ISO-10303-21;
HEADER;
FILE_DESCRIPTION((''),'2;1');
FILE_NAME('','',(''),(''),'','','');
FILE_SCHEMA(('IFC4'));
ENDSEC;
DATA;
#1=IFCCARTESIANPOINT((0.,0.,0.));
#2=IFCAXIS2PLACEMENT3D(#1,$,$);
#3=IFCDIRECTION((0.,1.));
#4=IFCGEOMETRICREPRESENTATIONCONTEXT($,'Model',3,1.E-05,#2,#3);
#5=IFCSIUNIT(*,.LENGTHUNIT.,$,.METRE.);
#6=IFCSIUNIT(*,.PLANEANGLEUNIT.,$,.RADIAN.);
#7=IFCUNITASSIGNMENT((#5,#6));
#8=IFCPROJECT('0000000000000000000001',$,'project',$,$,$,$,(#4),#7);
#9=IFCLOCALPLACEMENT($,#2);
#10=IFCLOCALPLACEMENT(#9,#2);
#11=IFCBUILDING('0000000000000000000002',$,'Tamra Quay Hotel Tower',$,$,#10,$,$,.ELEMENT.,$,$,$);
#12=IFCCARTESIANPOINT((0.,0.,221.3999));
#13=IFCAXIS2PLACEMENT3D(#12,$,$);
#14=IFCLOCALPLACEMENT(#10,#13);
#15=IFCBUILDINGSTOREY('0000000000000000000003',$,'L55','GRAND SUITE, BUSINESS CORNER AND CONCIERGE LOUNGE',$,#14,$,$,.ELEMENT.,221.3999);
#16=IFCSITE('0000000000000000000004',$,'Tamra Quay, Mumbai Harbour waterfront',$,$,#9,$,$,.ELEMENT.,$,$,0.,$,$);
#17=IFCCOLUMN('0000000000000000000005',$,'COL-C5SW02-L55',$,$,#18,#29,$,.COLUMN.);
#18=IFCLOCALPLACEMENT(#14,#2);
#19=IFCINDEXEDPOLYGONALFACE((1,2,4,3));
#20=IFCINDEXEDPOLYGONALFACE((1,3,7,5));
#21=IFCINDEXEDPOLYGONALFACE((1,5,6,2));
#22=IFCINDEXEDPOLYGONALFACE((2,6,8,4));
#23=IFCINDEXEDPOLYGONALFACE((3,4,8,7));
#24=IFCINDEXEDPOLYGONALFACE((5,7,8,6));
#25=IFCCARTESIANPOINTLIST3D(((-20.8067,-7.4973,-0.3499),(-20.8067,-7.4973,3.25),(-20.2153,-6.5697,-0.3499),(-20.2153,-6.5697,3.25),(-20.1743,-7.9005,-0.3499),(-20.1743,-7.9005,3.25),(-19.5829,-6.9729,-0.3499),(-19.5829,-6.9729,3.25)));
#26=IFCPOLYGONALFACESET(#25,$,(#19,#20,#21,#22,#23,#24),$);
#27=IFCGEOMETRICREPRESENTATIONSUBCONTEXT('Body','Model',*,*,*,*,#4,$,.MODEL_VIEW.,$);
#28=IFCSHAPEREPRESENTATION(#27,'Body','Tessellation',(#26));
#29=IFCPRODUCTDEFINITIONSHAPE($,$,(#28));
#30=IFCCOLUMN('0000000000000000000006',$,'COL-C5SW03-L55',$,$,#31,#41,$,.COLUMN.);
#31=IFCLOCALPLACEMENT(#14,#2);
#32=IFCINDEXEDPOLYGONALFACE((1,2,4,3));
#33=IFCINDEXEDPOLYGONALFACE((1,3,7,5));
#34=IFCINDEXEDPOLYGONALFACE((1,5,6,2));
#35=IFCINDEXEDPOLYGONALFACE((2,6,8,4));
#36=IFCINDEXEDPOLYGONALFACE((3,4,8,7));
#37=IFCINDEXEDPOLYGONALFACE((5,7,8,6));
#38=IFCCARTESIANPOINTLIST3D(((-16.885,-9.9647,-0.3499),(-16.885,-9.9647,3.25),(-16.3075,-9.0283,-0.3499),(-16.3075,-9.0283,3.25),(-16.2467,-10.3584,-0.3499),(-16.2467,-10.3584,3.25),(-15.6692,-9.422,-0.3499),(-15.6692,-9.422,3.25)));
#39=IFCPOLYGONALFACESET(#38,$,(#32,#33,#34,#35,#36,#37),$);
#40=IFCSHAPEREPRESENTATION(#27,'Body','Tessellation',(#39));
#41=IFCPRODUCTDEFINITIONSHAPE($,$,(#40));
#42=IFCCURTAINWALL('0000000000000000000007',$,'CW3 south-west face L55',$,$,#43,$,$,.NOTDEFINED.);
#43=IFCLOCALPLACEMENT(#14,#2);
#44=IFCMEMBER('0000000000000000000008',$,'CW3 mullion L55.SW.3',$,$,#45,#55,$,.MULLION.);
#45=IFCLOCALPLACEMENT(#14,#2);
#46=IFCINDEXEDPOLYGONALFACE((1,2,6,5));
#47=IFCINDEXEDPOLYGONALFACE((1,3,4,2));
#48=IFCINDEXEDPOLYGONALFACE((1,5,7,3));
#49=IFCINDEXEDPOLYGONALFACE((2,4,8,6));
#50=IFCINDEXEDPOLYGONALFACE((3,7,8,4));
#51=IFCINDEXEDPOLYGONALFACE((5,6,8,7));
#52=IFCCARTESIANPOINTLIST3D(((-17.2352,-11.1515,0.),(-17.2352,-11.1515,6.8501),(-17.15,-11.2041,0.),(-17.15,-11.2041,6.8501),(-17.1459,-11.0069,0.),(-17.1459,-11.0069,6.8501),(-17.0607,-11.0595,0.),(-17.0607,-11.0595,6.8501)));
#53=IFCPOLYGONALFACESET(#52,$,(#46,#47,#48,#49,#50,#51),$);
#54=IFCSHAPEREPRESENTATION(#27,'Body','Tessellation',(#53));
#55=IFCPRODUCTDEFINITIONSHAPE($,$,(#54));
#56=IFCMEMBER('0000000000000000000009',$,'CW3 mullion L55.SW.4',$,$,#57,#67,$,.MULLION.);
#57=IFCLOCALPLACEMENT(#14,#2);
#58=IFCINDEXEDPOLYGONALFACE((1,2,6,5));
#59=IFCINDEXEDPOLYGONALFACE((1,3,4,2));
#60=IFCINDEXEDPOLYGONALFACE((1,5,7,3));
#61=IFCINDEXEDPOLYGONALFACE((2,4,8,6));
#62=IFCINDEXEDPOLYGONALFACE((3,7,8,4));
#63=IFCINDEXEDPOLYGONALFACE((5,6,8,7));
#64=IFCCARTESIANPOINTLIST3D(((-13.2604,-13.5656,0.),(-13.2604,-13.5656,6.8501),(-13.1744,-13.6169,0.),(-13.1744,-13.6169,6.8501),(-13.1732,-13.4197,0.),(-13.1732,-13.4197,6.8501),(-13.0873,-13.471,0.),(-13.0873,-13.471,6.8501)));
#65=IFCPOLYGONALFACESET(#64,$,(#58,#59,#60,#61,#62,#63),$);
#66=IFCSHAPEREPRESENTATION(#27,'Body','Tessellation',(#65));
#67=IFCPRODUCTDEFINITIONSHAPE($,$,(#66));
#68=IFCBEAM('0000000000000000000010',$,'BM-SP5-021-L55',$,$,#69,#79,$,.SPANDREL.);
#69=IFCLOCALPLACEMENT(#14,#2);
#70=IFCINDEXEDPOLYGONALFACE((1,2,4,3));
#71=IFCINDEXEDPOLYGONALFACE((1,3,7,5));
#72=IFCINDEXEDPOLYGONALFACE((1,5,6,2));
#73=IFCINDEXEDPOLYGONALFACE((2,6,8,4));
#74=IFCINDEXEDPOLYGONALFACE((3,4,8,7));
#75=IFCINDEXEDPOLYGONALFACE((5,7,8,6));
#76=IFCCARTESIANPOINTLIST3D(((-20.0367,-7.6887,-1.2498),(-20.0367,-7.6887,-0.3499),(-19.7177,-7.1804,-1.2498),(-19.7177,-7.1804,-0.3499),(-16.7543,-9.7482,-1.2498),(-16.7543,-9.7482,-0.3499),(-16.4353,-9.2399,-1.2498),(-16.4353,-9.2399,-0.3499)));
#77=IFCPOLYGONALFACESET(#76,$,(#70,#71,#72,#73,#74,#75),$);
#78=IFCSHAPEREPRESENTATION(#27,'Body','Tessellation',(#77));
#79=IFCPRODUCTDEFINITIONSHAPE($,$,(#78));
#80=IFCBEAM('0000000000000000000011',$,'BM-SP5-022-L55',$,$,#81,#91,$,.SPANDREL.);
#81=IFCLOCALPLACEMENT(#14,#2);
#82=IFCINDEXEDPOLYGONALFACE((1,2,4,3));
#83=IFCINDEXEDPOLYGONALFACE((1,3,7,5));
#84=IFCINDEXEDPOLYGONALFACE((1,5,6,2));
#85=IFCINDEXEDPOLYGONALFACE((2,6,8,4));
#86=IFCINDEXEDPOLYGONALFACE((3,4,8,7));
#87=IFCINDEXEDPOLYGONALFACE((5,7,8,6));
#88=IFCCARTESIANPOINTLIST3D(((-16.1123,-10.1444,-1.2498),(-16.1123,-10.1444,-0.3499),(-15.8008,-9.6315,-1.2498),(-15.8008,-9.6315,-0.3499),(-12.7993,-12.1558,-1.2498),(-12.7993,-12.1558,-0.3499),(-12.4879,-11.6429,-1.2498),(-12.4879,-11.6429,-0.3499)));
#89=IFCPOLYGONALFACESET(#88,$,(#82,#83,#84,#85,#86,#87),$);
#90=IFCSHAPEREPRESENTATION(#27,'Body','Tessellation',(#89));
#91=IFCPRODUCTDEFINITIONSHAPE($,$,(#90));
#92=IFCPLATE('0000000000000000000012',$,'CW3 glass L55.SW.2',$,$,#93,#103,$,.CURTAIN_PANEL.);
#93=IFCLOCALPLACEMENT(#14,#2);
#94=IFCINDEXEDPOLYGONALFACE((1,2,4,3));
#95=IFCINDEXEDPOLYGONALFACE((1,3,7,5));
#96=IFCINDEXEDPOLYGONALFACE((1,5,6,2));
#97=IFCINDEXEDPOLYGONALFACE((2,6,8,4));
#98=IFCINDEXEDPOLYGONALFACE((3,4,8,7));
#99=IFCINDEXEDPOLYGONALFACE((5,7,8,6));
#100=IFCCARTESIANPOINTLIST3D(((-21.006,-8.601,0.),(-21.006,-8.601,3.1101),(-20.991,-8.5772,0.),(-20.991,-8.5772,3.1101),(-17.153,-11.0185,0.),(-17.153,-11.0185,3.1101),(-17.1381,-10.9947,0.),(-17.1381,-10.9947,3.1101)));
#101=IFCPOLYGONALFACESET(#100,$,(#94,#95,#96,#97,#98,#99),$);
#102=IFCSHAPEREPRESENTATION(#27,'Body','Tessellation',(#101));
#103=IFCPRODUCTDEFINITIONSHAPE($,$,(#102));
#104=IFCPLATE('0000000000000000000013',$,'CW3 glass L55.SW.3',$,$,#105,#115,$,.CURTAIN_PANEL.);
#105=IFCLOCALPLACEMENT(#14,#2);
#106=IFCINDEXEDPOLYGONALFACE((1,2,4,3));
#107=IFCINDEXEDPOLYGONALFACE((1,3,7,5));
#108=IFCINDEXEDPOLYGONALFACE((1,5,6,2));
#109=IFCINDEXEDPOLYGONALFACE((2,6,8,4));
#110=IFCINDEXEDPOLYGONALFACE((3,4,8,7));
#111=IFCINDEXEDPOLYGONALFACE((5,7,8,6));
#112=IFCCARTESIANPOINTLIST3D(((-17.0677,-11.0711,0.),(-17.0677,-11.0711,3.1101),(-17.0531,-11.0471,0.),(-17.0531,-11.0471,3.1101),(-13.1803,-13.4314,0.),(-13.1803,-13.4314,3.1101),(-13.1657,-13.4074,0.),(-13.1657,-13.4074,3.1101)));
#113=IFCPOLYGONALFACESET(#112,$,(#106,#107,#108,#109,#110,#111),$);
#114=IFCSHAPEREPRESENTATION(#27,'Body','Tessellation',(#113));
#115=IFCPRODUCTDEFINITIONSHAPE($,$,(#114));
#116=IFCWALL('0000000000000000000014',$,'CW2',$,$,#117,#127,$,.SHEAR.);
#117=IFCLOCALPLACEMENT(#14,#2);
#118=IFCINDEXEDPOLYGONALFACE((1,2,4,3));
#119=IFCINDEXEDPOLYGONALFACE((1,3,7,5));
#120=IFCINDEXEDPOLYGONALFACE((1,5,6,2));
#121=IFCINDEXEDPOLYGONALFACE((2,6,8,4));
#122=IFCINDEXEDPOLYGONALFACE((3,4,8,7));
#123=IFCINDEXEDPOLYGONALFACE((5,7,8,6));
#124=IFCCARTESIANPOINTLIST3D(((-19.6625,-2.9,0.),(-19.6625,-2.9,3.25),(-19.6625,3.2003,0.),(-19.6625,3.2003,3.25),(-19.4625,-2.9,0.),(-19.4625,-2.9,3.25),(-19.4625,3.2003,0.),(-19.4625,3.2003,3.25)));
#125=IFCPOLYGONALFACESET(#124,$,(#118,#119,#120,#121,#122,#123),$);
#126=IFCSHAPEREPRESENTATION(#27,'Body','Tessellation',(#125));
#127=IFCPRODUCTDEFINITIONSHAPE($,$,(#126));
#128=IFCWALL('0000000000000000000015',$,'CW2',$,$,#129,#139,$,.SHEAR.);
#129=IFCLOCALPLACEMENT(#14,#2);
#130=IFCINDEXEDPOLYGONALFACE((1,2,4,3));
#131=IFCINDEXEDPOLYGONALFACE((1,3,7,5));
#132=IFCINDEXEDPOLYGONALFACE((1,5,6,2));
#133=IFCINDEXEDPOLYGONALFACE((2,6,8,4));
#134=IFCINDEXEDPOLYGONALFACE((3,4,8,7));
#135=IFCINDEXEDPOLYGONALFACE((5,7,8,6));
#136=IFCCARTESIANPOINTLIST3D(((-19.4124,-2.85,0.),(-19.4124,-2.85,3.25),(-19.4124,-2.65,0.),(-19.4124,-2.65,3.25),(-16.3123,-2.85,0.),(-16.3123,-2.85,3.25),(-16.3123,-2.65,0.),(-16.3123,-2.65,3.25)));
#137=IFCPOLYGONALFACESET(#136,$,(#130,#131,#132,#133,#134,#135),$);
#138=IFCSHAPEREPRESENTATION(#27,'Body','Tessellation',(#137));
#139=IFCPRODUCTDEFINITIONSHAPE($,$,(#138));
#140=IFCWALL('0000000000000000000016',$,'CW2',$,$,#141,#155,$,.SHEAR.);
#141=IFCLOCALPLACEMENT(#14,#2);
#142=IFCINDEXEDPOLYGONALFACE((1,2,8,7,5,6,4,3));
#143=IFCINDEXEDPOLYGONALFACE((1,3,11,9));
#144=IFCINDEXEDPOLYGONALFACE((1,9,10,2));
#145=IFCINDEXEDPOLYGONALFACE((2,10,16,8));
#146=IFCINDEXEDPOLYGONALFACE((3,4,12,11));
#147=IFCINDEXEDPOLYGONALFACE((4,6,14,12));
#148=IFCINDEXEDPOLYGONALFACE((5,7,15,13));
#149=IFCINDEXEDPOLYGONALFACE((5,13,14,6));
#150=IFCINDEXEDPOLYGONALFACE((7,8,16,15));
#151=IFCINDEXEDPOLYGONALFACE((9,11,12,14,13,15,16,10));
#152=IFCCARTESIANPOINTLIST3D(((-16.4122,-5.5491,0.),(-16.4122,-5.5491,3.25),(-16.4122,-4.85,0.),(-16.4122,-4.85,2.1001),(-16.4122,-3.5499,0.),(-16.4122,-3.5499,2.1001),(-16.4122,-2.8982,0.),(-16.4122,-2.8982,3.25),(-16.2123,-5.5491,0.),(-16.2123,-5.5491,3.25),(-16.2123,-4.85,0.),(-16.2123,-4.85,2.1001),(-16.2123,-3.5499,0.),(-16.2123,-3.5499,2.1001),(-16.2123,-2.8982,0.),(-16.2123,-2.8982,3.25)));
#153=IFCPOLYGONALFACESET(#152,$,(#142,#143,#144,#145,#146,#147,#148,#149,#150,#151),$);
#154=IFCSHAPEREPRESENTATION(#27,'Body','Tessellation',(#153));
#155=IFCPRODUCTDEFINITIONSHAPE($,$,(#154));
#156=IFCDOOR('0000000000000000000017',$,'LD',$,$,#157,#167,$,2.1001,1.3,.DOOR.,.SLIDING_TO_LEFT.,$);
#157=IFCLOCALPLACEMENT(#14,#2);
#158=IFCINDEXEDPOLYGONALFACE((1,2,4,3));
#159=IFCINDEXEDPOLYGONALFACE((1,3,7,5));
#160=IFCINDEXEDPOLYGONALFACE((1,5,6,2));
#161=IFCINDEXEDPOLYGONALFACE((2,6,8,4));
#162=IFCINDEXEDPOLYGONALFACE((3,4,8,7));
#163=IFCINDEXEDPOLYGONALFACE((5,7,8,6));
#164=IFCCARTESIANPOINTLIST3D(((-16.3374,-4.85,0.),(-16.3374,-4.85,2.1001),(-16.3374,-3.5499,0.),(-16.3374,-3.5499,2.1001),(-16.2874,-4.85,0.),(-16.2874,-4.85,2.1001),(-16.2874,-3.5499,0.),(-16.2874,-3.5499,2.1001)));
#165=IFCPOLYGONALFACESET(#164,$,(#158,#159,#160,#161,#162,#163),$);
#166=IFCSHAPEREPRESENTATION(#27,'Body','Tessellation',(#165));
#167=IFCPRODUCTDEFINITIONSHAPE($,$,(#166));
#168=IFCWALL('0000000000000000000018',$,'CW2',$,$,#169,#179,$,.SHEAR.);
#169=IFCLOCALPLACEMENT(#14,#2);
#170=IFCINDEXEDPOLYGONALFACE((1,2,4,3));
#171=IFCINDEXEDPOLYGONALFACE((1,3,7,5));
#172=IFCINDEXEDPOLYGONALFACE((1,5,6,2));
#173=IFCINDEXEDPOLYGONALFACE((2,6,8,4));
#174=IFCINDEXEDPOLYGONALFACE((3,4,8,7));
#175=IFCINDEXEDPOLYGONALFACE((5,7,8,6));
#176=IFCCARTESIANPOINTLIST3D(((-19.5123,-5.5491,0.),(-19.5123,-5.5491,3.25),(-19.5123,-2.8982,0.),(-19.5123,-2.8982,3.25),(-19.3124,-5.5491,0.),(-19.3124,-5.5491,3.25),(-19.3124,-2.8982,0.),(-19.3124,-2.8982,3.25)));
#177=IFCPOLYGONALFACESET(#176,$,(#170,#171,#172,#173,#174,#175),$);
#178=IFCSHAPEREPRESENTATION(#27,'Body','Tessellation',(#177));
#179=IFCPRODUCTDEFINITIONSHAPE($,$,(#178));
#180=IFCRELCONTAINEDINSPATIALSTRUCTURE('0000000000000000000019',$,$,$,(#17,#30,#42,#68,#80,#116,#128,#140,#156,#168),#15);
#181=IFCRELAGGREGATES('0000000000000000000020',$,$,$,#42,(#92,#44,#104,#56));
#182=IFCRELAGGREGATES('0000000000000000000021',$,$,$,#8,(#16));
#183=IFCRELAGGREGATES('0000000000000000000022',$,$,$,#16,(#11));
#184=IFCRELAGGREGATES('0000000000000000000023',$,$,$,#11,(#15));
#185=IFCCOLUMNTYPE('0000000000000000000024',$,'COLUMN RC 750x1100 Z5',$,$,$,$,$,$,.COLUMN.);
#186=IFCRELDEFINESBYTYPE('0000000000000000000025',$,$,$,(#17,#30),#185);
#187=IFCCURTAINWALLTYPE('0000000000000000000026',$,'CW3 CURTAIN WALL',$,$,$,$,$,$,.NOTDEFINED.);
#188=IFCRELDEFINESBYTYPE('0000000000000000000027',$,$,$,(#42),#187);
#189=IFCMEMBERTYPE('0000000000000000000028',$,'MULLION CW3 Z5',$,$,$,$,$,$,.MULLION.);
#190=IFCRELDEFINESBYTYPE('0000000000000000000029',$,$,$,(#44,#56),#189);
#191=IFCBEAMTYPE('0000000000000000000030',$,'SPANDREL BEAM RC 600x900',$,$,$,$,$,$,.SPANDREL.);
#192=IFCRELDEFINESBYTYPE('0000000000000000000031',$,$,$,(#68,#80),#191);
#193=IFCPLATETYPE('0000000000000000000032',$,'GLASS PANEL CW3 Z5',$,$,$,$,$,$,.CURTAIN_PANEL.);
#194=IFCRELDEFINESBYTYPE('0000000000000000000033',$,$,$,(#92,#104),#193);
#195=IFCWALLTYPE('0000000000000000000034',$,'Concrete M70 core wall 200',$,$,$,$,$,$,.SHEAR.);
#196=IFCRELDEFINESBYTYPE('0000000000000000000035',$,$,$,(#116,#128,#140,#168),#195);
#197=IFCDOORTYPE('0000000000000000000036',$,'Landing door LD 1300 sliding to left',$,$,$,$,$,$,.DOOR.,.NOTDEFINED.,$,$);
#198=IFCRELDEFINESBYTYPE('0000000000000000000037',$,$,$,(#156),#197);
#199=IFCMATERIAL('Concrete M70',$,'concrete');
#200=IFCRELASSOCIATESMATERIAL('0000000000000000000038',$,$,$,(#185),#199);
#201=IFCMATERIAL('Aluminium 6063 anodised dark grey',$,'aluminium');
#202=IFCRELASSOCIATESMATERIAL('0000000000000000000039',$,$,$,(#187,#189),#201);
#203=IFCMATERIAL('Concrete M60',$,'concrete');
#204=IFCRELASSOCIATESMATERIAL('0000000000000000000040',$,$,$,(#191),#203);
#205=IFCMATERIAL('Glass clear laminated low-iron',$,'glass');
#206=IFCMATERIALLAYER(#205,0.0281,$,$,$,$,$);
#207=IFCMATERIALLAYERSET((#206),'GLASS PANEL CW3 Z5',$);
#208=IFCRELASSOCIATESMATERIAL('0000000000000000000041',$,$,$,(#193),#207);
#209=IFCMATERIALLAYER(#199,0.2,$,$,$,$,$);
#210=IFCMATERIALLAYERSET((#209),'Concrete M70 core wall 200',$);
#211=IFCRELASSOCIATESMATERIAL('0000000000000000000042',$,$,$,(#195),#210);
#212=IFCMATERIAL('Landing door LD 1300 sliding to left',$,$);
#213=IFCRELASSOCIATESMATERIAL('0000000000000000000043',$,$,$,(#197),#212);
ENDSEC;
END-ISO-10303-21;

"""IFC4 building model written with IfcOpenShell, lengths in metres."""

from ifc_helpers import new_model, si_unit, direction, frame, frame_2d, origin, origin_2d, place, context, subcontext, project, spatial, rectangle, extrude, material, layer, layer_set, material_profile, profile_set, type_object, element, fill, aggregate, save


model = new_model("IFC4")

# Units and contexts
model_context = context("Model", 3, precision=1e-05, world=origin(), true_north=direction((0.0, 1.0)))
body_context = subcontext(model_context, "Body", "Model", "MODEL_VIEW")
ifc_project = project(units=[si_unit("LENGTHUNIT", "METRE"), si_unit("PLANEANGLEUNIT", "RADIAN")], contexts=[model_context])

# Site, building, storey
site_placement = place(None, origin())
site = spatial("IfcSite", under=ifc_project, at=site_placement, Name="Tamra Quay, Mumbai Harbour waterfront", CompositionType="ELEMENT", RefElevation=0.0)
building_placement = place(site_placement, origin())
building = spatial("IfcBuilding", under=site, at=building_placement, Name="Tamra Quay Hotel Tower", CompositionType="ELEMENT")
storey_placement = place(building_placement, frame((0.0, 0.0, 221.3999)))
storey = spatial("IfcBuildingStorey", under=building, at=storey_placement, Name="L55", Description="GRAND SUITE, BUSINESS CORNER AND CONCIERGE LOUNGE", CompositionType="ELEMENT", Elevation=221.3999)

# Columns
ifc_material_1 = material(Name="Concrete M70", Category="concrete")
ifc_material_profile_1 = material_profile(ifc_material_1, rectangle(XDim=1.1001, YDim=0.75, at=origin_2d()), Name="COLUMN RC 750x1100 Z5")
ifc_profile_set_1 = profile_set([ifc_material_profile_1], Name="Concrete M70")
column_type = type_object("IfcColumnType", Name="COLUMN RC 750x1100 Z5", PredefinedType="COLUMN", material=ifc_profile_set_1)
for number, where, z_axis, x_axis, name in (
    (1, (-20.1948, -7.2351, -0.3499), (0.0, 0.0, 1.0), (0.537585, 0.843209, 0.0), "COL-C5SW02-L55"),
    (2, (-16.2771, -9.6934, -0.3499), (0.0, 0.0, 1.0), (0.524928, 0.851147, 0.0), "COL-C5SW03-L55"),
):
    element("IfcColumn", number, at=place(storey_placement, frame(where, z_axis=z_axis, x_axis=x_axis)), inside=storey, type_object=column_type, Name=name, PredefinedType="COLUMN", context=body_context, shape_type="SweptSolid", body=[
        extrude(rectangle(XDim=1.1001, YDim=0.75, at=origin_2d()), origin(), (0.0, 0.0, 1.0), 3.5999),
    ])

# Curtain wall, members
ifc_material_2 = material(Name="Aluminium 6063 anodised dark grey", Category="aluminium")
curtain_wall_type = type_object("IfcCurtainWallType", Name="CW3 CURTAIN WALL", PredefinedType="NOTDEFINED", material=ifc_material_2)
curtain_wall_placement = place(storey_placement, origin())
curtain_wall = element("IfcCurtainWall", 3, at=curtain_wall_placement, inside=storey, type_object=curtain_wall_type, Name="CW3 south-west face L55", PredefinedType="NOTDEFINED")
ifc_material_profile_2 = material_profile(ifc_material_2, rectangle(XDim=0.1699, YDim=0.1001, at=origin_2d()), Name="MULLION 100X170")
ifc_profile_set_2 = profile_set([ifc_material_profile_2], Name="Aluminium 6063 anodised dark grey")
member_type = type_object("IfcMemberType", Name="MULLION CW3 Z5", PredefinedType="MULLION", material=ifc_profile_set_2)
member_1_placement = place(storey_placement, frame((-17.1479, -11.1055, 0.0), z_axis=(0.0, 0.0, 1.0), x_axis=(-0.525249, -0.850949, 0.0)))
member_1 = element("IfcMember", 4, at=member_1_placement, type_object=member_type, Name="CW3 mullion L55.SW.3", PredefinedType="MULLION", context=body_context, shape_type="SweptSolid", body=[
    extrude(rectangle(XDim=0.1699, YDim=0.1001, at=origin_2d()), origin(), (0.0, 0.0, 1.0), 6.8501),
])
member_2_placement = place(storey_placement, frame((-13.1738, -13.5183, 0.0), z_axis=(0.0, 0.0, 1.0), x_axis=(-0.512687, -0.858575, 0.0)))
member_2 = element("IfcMember", 5, at=member_2_placement, type_object=member_type, Name="CW3 mullion L55.SW.4", PredefinedType="MULLION", context=body_context, shape_type="SweptSolid", body=[
    extrude(rectangle(XDim=0.1699, YDim=0.1001, at=origin_2d()), origin(), (0.0, 0.0, 1.0), 6.8501),
])

# Beams
ifc_material_3 = material(Name="Concrete M60", Category="concrete")
ifc_material_profile_3 = material_profile(ifc_material_3, rectangle(XDim=0.6001, YDim=0.8999, at=origin_2d()), Name="SPANDREL BEAM RC 600x900")
ifc_profile_set_3 = profile_set([ifc_material_profile_3], Name="Concrete M60")
beam_type = type_object("IfcBeamType", Name="SPANDREL BEAM RC 600x900", PredefinedType="SPANDREL", material=ifc_profile_set_3)
beam_1_placement = place(storey_placement, frame((-19.8772, -7.4346, -0.7998), z_axis=(0.847066, -0.531488, 0.0), x_axis=(0.531488, 0.847066, 0.0)))
element("IfcBeam", 6, at=beam_1_placement, inside=storey, type_object=beam_type, Name="BM-SP5-021-L55", PredefinedType="SPANDREL", context=body_context, shape_type="SweptSolid", body=[
    extrude(rectangle(XDim=0.6001, YDim=0.8999, at=origin_2d()), origin(), (0.0, 0.0, 1.0), 3.875),
])
beam_2_placement = place(storey_placement, frame((-15.9565, -9.8879, -0.7998), z_axis=(0.854786, -0.518981, 0.0), x_axis=(0.518981, 0.854786, 0.0)))
element("IfcBeam", 7, at=beam_2_placement, inside=storey, type_object=beam_type, Name="BM-SP5-022-L55", PredefinedType="SPANDREL", context=body_context, shape_type="SweptSolid", body=[
    extrude(rectangle(XDim=0.6001, YDim=0.8999, at=origin_2d()), origin(), (0.0, 0.0, 1.0), 3.8757),
])

# Plates
ifc_material_4 = material(Name="Glass clear laminated low-iron", Category="glass")
ifc_layer_1 = layer(ifc_material_4, 0.0281)
ifc_layer_set_1 = layer_set([ifc_layer_1], Name="GLASS PANEL CW3 Z5")
plate_type = type_object("IfcPlateType", Name="GLASS PANEL CW3 Z5", PredefinedType="CURTAIN_PANEL", material=ifc_layer_set_1)
plate_1_placement = place(storey_placement, frame((-19.072, -9.7979, 0.0), z_axis=(0.0, 0.0, 1.0), x_axis=(0.847068, -0.531484, 0.0)))
plate_1 = element("IfcPlate", 8, at=plate_1_placement, type_object=plate_type, Name="CW3 glass L55.SW.2", PredefinedType="CURTAIN_PANEL", context=body_context, shape_type="SweptSolid", body=[
    extrude(rectangle(XDim=4.5486, YDim=0.0281, at=origin_2d()), origin(), (0.0, 0.0, 1.0), 3.1101),
])
plate_2_placement = place(storey_placement, frame((-15.1167, -12.2393, 0.0), z_axis=(0.0, 0.0, 1.0), x_axis=(0.854783, -0.518985, 0.0)))
plate_2 = element("IfcPlate", 9, at=plate_2_placement, type_object=plate_type, Name="CW3 glass L55.SW.3", PredefinedType="CURTAIN_PANEL", context=body_context, shape_type="SweptSolid", body=[
    extrude(rectangle(XDim=4.5479, YDim=0.0281, at=origin_2d()), origin(), (0.0, 0.0, 1.0), 3.1101),
])
aggregate(curtain_wall, [plate_1, member_1, plate_2, member_2])

# Walls
ifc_layer_2 = layer(ifc_material_1, 0.2)
ifc_layer_set_2 = layer_set([ifc_layer_2], Name="Concrete M70 core wall 200")
wall_type_1 = type_object("IfcWallType", Name="Concrete M70 core wall 200", PredefinedType="SHEAR", material=ifc_layer_set_2)
wall_1_placement = place(storey_placement, frame((-19.5625, -2.9001, 0.0), z_axis=(0.0, 0.0, 1.0), x_axis=(0.0, 1.0, 0.0)))
element("IfcWall", 10, at=wall_1_placement, inside=storey, type_object=wall_type_1, Name="CW2", PredefinedType="SHEAR", context=body_context, shape_type="SweptSolid", body=[
    extrude(rectangle(XDim=6.1003, YDim=0.2, at=frame_2d((3.0503, 0.0))), origin(), (0.0, 0.0, 1.0), 3.25),
])
wall_2_placement = place(storey_placement, frame((-19.4124, -2.75, 0.0), z_axis=(0.0, 0.0, 1.0), x_axis=(1.0, 0.0, 0.0)))
element("IfcWall", 11, at=wall_2_placement, inside=storey, type_object=wall_type_1, Name="CW2", PredefinedType="SHEAR", context=body_context, shape_type="SweptSolid", body=[
    extrude(rectangle(XDim=3.1001, YDim=0.2, at=frame_2d((1.55, 0.0))), origin(), (0.0, 0.0, 1.0), 3.25),
])

# Wall, opening, door
wall_3_placement = place(storey_placement, frame((-16.3123, -2.8982, 0.0), z_axis=(0.0, 0.0, 1.0), x_axis=(0.0, -1.0, 0.0)))
wall_3 = element("IfcWall", 12, at=wall_3_placement, inside=storey, type_object=wall_type_1, Name="CW2", PredefinedType="SHEAR", context=body_context, shape_type="SweptSolid", body=[
    extrude(rectangle(XDim=2.6509, YDim=0.2, at=frame_2d((1.3254, 0.0))), origin(), (0.0, 0.0, 1.0), 3.25),
])
opening_1_placement = place(wall_3_placement, frame((0.6519, 0.0, 0.0)))
opening_1 = element("IfcOpeningElement", 13, at=opening_1_placement, cuts=wall_3, PredefinedType="OPENING", context=body_context, shape_type="SweptSolid", body=[
    extrude(rectangle(XDim=1.3, YDim=2.1001, at=frame_2d((0.6499, 1.05))), frame((0.0, 0.1099, 0.0), z_axis=(0.0, -1.0, 0.0), x_axis=(1.0, 0.0, 0.0)), (0.0, 0.0, 1.0), 0.22),
])
ifc_material_5 = material(Name="Landing door LD 1300 sliding to left")
door_type_1 = type_object("IfcDoorType", Name="Landing door LD 1300 sliding to left", OperationType="NOTDEFINED", PredefinedType="DOOR", material=ifc_material_5)
door_1_placement = place(opening_1_placement, origin())
door_1 = element("IfcDoor", 14, at=door_1_placement, inside=storey, type_object=door_type_1, Name="LD", OperationType="SLIDING_TO_LEFT", OverallHeight=2.1001, OverallWidth=1.3, PredefinedType="DOOR", context=body_context, shape_type="SweptSolid", body=[
    extrude(rectangle(XDim=1.3, YDim=2.1001, at=frame_2d((0.6499, 1.05))), frame((0.0, 0.0249, 0.0), z_axis=(0.0, -1.0, 0.0), x_axis=(1.0, 0.0, 0.0)), (0.0, 0.0, 1.0), 0.05),
])
fill(opening_1, door_1)

# Wall
wall_4_placement = place(storey_placement, frame((-19.4124, -5.5491, 0.0), z_axis=(0.0, 0.0, 1.0), x_axis=(0.0, 1.0, 0.0)))
element("IfcWall", 15, at=wall_4_placement, inside=storey, type_object=wall_type_1, Name="CW2", PredefinedType="SHEAR", context=body_context, shape_type="SweptSolid", body=[
    extrude(rectangle(XDim=2.6509, YDim=0.2, at=frame_2d((1.3254, 0.0))), origin(), (0.0, 0.0, 1.0), 3.25),
])

save(model, "model.ifc")
